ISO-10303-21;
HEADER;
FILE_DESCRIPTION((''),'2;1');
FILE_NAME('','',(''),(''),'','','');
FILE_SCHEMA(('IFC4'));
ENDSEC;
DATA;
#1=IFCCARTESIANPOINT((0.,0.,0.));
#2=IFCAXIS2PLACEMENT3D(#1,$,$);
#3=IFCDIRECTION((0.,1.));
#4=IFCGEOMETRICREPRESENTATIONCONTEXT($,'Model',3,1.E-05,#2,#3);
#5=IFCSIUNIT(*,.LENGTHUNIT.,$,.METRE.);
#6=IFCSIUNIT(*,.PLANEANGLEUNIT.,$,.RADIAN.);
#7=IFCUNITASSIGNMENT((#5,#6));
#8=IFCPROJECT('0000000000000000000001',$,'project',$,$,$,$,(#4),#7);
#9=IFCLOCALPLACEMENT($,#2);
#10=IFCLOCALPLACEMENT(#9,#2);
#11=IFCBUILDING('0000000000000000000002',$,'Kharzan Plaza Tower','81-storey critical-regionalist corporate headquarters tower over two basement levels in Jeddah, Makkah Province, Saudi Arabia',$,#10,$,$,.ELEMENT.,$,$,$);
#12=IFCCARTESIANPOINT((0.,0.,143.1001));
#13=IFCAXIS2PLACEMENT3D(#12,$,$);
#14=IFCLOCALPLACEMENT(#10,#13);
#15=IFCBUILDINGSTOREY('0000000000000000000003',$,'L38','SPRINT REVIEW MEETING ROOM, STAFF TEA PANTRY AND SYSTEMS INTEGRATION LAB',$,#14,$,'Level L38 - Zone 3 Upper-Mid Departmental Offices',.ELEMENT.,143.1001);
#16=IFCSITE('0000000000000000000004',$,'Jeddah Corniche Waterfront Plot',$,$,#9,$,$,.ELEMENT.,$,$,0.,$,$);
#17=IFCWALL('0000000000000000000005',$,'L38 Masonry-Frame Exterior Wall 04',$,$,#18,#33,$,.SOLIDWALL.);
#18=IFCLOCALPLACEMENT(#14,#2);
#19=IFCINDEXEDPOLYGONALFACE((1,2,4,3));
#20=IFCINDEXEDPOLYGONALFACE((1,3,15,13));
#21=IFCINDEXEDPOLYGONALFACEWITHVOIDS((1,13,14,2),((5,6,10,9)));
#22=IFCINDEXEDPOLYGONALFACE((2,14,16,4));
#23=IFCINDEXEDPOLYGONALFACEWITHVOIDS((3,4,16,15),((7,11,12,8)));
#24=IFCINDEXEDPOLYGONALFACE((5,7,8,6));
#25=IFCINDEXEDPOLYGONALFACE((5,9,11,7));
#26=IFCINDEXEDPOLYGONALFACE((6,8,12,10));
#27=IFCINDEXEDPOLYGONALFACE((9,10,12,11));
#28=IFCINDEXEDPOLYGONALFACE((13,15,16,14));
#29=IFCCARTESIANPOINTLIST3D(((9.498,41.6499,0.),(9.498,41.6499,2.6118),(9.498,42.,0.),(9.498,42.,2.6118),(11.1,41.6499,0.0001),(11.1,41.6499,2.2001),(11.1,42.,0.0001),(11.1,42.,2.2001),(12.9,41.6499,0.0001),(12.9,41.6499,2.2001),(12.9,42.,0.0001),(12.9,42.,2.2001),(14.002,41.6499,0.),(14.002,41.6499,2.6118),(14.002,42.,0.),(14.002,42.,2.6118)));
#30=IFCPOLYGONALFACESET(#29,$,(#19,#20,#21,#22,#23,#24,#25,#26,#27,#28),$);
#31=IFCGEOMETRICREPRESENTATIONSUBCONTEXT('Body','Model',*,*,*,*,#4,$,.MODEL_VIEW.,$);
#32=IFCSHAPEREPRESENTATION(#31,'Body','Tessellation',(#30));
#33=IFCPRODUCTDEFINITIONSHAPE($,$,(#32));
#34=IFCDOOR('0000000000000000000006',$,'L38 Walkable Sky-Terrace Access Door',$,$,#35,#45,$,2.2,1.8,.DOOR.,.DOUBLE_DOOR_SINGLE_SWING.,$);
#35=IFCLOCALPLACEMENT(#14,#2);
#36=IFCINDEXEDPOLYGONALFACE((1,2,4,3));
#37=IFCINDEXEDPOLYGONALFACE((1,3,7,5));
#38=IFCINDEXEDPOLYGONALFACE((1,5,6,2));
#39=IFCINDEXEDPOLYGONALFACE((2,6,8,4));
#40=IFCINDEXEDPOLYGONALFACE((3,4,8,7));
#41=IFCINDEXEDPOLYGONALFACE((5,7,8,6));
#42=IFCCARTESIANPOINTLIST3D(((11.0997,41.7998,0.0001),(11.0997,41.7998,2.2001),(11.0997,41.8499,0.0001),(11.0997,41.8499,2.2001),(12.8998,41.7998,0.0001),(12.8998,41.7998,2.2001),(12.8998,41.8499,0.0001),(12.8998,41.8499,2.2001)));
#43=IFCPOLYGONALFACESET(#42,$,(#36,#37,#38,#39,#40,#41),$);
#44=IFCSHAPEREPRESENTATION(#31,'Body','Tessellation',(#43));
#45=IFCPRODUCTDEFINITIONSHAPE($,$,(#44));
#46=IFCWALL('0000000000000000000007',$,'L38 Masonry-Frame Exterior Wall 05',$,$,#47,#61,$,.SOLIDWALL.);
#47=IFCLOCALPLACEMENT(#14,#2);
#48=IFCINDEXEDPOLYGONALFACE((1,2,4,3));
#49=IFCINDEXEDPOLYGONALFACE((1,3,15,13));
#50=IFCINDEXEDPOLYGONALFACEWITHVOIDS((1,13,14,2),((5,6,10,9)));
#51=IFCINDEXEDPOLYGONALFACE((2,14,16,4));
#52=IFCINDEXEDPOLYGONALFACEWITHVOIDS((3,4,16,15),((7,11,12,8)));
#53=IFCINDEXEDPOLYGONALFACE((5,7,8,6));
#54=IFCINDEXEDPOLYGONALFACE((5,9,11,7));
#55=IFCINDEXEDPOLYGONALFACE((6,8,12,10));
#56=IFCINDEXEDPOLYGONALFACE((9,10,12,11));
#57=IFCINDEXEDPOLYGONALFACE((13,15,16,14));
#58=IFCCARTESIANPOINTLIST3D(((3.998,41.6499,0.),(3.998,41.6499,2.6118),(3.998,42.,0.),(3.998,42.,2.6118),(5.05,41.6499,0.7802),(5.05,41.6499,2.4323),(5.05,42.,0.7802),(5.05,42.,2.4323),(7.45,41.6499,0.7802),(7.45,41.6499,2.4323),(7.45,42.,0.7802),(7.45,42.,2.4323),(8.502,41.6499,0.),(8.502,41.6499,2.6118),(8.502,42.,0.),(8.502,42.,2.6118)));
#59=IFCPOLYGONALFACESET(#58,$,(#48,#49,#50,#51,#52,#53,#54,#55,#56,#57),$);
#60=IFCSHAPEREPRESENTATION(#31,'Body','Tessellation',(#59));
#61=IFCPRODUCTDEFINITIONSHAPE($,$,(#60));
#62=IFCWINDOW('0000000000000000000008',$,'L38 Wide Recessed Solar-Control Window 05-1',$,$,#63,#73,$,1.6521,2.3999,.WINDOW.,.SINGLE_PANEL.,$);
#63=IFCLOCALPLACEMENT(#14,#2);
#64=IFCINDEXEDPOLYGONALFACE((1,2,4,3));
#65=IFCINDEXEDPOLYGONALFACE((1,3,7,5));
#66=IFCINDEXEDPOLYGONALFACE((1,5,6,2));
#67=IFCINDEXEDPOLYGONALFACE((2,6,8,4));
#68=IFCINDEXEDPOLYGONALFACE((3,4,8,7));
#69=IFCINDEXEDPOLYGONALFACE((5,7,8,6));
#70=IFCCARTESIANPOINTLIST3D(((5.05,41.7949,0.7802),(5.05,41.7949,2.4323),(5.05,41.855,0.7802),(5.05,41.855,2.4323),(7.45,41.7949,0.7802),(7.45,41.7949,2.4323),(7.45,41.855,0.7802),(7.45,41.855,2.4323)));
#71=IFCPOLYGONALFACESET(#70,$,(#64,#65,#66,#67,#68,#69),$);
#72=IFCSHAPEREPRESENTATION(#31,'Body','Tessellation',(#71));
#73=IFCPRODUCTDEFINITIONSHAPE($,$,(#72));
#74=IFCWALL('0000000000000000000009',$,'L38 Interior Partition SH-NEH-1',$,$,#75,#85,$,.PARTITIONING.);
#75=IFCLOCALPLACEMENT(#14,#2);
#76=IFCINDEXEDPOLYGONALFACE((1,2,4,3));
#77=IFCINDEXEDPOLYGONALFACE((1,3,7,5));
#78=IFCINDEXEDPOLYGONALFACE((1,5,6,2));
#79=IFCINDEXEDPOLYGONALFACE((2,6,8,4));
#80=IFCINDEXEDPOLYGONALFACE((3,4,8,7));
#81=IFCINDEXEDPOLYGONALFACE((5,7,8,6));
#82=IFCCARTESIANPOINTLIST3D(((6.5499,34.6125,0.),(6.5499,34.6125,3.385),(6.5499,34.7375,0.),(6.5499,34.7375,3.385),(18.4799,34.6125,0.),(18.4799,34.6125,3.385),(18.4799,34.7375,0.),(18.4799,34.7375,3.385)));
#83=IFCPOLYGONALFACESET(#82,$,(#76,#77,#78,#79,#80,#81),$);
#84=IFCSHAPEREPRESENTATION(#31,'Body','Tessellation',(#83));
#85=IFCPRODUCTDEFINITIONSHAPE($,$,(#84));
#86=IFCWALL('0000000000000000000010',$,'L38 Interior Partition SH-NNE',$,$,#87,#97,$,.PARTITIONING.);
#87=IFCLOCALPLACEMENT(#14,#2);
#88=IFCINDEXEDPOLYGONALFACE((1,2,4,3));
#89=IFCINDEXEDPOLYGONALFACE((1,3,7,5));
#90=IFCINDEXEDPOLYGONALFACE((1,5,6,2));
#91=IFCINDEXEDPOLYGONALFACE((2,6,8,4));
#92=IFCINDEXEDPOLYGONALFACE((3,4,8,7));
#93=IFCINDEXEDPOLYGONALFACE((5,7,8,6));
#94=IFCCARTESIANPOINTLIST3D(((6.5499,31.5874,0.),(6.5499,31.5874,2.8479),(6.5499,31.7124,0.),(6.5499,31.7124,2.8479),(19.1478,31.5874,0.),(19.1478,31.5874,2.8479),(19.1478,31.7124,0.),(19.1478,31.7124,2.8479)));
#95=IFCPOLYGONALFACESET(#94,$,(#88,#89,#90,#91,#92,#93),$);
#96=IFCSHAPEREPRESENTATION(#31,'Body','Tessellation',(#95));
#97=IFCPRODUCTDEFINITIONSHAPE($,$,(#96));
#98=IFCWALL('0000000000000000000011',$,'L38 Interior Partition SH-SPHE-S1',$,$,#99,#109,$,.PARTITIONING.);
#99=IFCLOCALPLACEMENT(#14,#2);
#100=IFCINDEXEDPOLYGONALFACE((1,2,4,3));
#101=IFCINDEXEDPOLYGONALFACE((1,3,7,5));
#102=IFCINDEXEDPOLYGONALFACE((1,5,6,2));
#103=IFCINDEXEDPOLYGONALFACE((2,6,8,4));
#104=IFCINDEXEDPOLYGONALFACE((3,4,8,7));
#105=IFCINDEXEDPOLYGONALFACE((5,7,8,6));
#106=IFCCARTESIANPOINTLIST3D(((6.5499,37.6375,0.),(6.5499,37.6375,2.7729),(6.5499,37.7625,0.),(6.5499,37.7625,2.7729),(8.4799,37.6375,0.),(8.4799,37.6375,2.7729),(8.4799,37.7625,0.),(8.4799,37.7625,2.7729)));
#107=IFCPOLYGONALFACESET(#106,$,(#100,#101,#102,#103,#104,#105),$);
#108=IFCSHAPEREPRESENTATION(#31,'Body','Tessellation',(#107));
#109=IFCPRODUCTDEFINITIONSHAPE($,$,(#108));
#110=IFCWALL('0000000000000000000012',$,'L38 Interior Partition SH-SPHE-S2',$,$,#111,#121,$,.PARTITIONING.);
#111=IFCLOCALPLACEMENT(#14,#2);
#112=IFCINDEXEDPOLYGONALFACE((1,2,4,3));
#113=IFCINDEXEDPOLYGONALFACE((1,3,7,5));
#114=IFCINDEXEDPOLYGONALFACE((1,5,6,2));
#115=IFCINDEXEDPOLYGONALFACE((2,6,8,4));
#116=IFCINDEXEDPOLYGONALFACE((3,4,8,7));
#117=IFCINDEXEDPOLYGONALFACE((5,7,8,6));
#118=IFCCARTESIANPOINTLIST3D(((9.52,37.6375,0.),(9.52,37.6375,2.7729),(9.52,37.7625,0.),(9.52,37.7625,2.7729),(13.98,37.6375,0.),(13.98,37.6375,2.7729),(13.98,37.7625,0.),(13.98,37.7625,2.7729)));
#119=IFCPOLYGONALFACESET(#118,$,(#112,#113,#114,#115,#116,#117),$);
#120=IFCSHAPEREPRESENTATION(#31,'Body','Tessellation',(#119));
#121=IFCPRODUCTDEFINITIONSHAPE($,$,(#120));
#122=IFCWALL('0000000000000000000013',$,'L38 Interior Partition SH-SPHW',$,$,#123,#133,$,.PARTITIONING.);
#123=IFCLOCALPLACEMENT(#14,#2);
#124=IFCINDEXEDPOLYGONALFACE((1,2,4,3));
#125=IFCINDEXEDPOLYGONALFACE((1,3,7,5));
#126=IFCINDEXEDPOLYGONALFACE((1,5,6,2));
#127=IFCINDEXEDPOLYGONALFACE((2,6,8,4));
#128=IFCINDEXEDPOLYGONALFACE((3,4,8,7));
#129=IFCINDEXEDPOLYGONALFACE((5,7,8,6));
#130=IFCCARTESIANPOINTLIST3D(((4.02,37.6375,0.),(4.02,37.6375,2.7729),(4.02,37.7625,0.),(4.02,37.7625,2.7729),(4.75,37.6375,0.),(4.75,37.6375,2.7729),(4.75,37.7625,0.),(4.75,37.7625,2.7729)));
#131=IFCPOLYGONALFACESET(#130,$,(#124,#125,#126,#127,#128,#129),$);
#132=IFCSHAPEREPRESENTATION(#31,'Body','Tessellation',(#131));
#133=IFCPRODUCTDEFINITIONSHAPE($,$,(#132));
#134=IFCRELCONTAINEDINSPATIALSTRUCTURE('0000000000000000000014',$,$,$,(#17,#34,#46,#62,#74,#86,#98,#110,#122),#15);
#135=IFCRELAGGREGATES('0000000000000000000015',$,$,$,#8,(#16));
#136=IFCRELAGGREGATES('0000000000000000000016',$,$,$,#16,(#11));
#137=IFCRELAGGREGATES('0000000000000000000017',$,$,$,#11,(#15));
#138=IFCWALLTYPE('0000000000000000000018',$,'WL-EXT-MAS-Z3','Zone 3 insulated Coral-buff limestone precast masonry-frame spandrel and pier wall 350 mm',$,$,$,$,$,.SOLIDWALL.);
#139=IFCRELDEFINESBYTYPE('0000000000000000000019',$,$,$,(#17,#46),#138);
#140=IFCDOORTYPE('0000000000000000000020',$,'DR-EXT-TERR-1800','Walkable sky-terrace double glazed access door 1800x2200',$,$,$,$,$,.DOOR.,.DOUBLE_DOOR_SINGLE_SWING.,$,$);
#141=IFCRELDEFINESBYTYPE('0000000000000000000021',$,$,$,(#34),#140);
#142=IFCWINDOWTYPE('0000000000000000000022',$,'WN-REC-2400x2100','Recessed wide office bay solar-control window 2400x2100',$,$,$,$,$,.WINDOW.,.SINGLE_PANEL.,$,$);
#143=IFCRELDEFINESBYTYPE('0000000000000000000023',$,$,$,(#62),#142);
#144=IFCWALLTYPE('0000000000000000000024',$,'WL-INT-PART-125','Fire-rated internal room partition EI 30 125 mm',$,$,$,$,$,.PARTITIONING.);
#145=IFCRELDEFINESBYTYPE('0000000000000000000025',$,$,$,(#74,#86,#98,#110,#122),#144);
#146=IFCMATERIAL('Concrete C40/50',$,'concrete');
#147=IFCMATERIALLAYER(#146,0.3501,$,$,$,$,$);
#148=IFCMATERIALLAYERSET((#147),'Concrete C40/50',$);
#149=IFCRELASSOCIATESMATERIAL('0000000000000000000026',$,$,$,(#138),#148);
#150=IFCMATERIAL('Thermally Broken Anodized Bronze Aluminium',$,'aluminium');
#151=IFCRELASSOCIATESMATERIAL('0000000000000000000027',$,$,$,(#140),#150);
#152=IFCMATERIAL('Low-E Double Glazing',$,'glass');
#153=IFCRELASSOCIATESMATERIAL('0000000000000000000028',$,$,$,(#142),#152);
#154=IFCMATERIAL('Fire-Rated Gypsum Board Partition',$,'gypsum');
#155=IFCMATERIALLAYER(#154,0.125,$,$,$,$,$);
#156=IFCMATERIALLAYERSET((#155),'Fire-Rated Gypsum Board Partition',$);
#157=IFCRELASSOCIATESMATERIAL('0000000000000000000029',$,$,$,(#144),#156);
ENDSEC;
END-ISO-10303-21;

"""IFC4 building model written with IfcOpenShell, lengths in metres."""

from ifc_helpers import new_model, si_unit, direction, frame, frame_2d, origin, place, context, subcontext, project, spatial, rectangle, extrude, source, transform, mapped, material, layer, layer_set, type_object, element, fill, save


model = new_model("IFC4")

# Units and contexts
model_context = context("Model", 3, precision=1e-05, world=origin(), true_north=direction((0.0, 1.0)))
body_context = subcontext(model_context, "Body", "Model", "MODEL_VIEW")
ifc_project = project(units=[si_unit("LENGTHUNIT", "METRE"), si_unit("PLANEANGLEUNIT", "RADIAN")], contexts=[model_context])

# Site, building, storey
site_placement = place(None, origin())
site = spatial("IfcSite", under=ifc_project, at=site_placement, Name="Jeddah Corniche Waterfront Plot", CompositionType="ELEMENT", RefElevation=0.0)
building_placement = place(site_placement, origin())
building = spatial("IfcBuilding", under=site, at=building_placement, Name="Kharzan Plaza Tower", Description="81-storey critical-regionalist corporate headquarters tower over two basement levels in Jeddah, Makkah Province, Saudi Arabia", CompositionType="ELEMENT")
storey_placement = place(building_placement, frame((0.0, 0.0, 143.1001)))
storey = spatial("IfcBuildingStorey", under=building, at=storey_placement, Name="L38", Description="SPRINT REVIEW MEETING ROOM, STAFF TEA PANTRY AND SYSTEMS INTEGRATION LAB", LongName="Level L38 - Zone 3 Upper-Mid Departmental Offices", CompositionType="ELEMENT", Elevation=143.1001)

# Wall, opening, door
ifc_material_1 = material(Name="Concrete C40/50", Category="concrete")
ifc_layer_1 = layer(ifc_material_1, 0.3501)
ifc_layer_set_1 = layer_set([ifc_layer_1], Name="Concrete C40/50")
wall_type_1 = type_object("IfcWallType", Name="WL-EXT-MAS-Z3", Description="Zone 3 insulated Coral-buff limestone precast masonry-frame spandrel and pier wall 350 mm", PredefinedType="SOLIDWALL", material=ifc_layer_set_1)
wall_1_placement = place(storey_placement, frame((14.002, 41.825, 0.0), z_axis=(0.0, 0.0, 1.0), x_axis=(-1.0, 0.0, 0.0)))
wall_1 = element("IfcWall", 1, at=wall_1_placement, inside=storey, type_object=wall_type_1, Name="L38 Masonry-Frame Exterior Wall 04", PredefinedType="SOLIDWALL", context=body_context, shape_type="SweptSolid", body=[
    extrude(rectangle(XDim=4.5039, YDim=0.3501, at=frame_2d((2.252, 0.0))), origin(), (0.0, 0.0, 1.0), 2.6118),
])
opening_1_placement = place(wall_1_placement, frame((1.1021, 0.0, 0.0)))
opening_1 = element("IfcOpeningElement", 2, at=opening_1_placement, cuts=wall_1, PredefinedType="OPENING", context=body_context, shape_type="SweptSolid", body=[
    extrude(rectangle(XDim=1.8, YDim=2.2, at=frame_2d((0.8999, 1.1001))), frame((0.0, 0.1851, 0.0), z_axis=(0.0, -1.0, 0.0), x_axis=(1.0, 0.0, 0.0)), (0.0, 0.0, 1.0), 0.3701),
])
ifc_material_2 = material(Name="Thermally Broken Anodized Bronze Aluminium", Category="aluminium")
door_type_1 = type_object("IfcDoorType", Name="DR-EXT-TERR-1800", Description="Walkable sky-terrace double glazed access door 1800x2200", OperationType="DOUBLE_DOOR_SINGLE_SWING", PredefinedType="DOOR", material=ifc_material_2)
shared_shape_1 = source(origin(), body_context, "Body", "SweptSolid", [
    extrude(rectangle(XDim=1.8, YDim=2.2, at=frame_2d((0.8999, 1.1001))), frame((0.0, 0.0249, 0.0), z_axis=(0.0, -1.0, 0.0), x_axis=(1.0, 0.0, 0.0)), (0.0, 0.0, 1.0), 0.05),
])
door_1_placement = place(opening_1_placement, frame((1.8, 0.0, 0.0), z_axis=(0.0, 0.0, 1.0), x_axis=(-1.0, 0.0, 0.0)))
door_1 = element("IfcDoor", 3, at=door_1_placement, inside=storey, type_object=door_type_1, Name="L38 Walkable Sky-Terrace Access Door", OperationType="DOUBLE_DOOR_SINGLE_SWING", OverallHeight=2.2, OverallWidth=1.8, PredefinedType="DOOR", context=body_context, shape_type="MappedRepresentation", body=[
    mapped(shared_shape_1, transform((0.0, 0.0, 0.0), x_axis=(1.0, 0.0, 0.0), y_axis=(0.0, 1.0, 0.0), z_axis=(0.0, 0.0, 1.0))),
])
fill(opening_1, door_1)

# Wall, opening, window
wall_2_placement = place(storey_placement, frame((8.502, 41.825, 0.0), z_axis=(0.0, 0.0, 1.0), x_axis=(-1.0, 0.0, 0.0)))
wall_2 = element("IfcWall", 4, at=wall_2_placement, inside=storey, type_object=wall_type_1, Name="L38 Masonry-Frame Exterior Wall 05", PredefinedType="SOLIDWALL", context=body_context, shape_type="SweptSolid", body=[
    extrude(rectangle(XDim=4.5039, YDim=0.3501, at=frame_2d((2.252, 0.0))), origin(), (0.0, 0.0, 1.0), 2.6118),
])
opening_2_placement = place(wall_2_placement, frame((1.052, 0.0, 0.78)))
opening_2 = element("IfcOpeningElement", 5, at=opening_2_placement, cuts=wall_2, PredefinedType="OPENING", context=body_context, shape_type="SweptSolid", body=[
    extrude(rectangle(XDim=2.3999, YDim=1.6521, at=frame_2d((1.2, 0.8262))), frame((0.0, 0.1851, 0.0), z_axis=(0.0, -1.0, 0.0), x_axis=(1.0, 0.0, 0.0)), (0.0, 0.0, 1.0), 0.3701),
])
ifc_material_3 = material(Name="Low-E Double Glazing", Category="glass")
window_type = type_object("IfcWindowType", Name="WN-REC-2400x2100", Description="Recessed wide office bay solar-control window 2400x2100", PartitioningType="SINGLE_PANEL", PredefinedType="WINDOW", material=ifc_material_3)
shared_shape_2 = source(origin(), body_context, "Body", "SweptSolid", [
    extrude(rectangle(XDim=2.3999, YDim=1.6521, at=frame_2d((1.2, 0.8262))), frame((0.0, 0.03, 0.0), z_axis=(0.0, -1.0, 0.0), x_axis=(1.0, 0.0, 0.0)), (0.0, 0.0, 1.0), 0.0601),
])
window_placement = place(opening_2_placement, origin())
window = element("IfcWindow", 6, at=window_placement, inside=storey, type_object=window_type, Name="L38 Wide Recessed Solar-Control Window 05-1", OverallHeight=1.6521, OverallWidth=2.3999, PartitioningType="SINGLE_PANEL", PredefinedType="WINDOW", context=body_context, shape_type="MappedRepresentation", body=[
    mapped(shared_shape_2, transform((0.0, 0.0, 0.0), x_axis=(1.0, 0.0, 0.0), y_axis=(0.0, 1.0, 0.0), z_axis=(0.0, 0.0, 1.0))),
])
fill(opening_2, window)

# Shared definitions
ifc_material_4 = material(Name="Fire-Rated Gypsum Board Partition", Category="gypsum")
ifc_layer_2 = layer(ifc_material_4, 0.125)
ifc_layer_set_2 = layer_set([ifc_layer_2], Name="Fire-Rated Gypsum Board Partition")
wall_type_2 = type_object("IfcWallType", Name="WL-INT-PART-125", Description="Fire-rated internal room partition EI 30 125 mm", PredefinedType="PARTITIONING", material=ifc_layer_set_2)

# Walls
shared_shape_3 = source(origin(), body_context, "Body", "SweptSolid", [
    extrude(rectangle(XDim=11.9299, YDim=0.125, at=frame_2d((5.9648, 0.0))), origin(), (0.0, 0.0, 1.0), 3.385),
])
wall_3_placement = place(storey_placement, frame((6.55, 34.675, 0.0), z_axis=(0.0, 0.0, 1.0), x_axis=(1.0, 0.0, 0.0)))
element("IfcWall", 7, at=wall_3_placement, inside=storey, type_object=wall_type_2, Name="L38 Interior Partition SH-NEH-1", PredefinedType="PARTITIONING", context=body_context, shape_type="MappedRepresentation", body=[
    mapped(shared_shape_3, transform((0.0, 0.0, 0.0), x_axis=(1.0, 0.0, 0.0), y_axis=(0.0, 1.0, 0.0), z_axis=(0.0, 0.0, 1.0))),
])
shared_shape_4 = source(origin(), body_context, "Body", "SweptSolid", [
    extrude(rectangle(XDim=12.5979, YDim=0.125, at=frame_2d((6.2988, 0.0))), origin(), (0.0, 0.0, 1.0), 2.8479),
])
wall_4_placement = place(storey_placement, frame((6.55, 31.6499, 0.0), z_axis=(0.0, 0.0, 1.0), x_axis=(1.0, 0.0, 0.0)))
element("IfcWall", 8, at=wall_4_placement, inside=storey, type_object=wall_type_2, Name="L38 Interior Partition SH-NNE", PredefinedType="PARTITIONING", context=body_context, shape_type="MappedRepresentation", body=[
    mapped(shared_shape_4, transform((0.0, 0.0, 0.0), x_axis=(1.0, 0.0, 0.0), y_axis=(0.0, 1.0, 0.0), z_axis=(0.0, 0.0, 1.0))),
])
shared_shape_5 = source(origin(), body_context, "Body", "SweptSolid", [
    extrude(rectangle(XDim=1.9299, YDim=0.125, at=frame_2d((0.9648, 0.0))), origin(), (0.0, 0.0, 1.0), 2.7729),
])
wall_5_placement = place(storey_placement, frame((6.55, 37.7, 0.0), z_axis=(0.0, 0.0, 1.0), x_axis=(1.0, 0.0, 0.0)))
element("IfcWall", 9, at=wall_5_placement, inside=storey, type_object=wall_type_2, Name="L38 Interior Partition SH-SPHE-S1", PredefinedType="PARTITIONING", context=body_context, shape_type="MappedRepresentation", body=[
    mapped(shared_shape_5, transform((0.0, 0.0, 0.0), x_axis=(1.0, 0.0, 0.0), y_axis=(0.0, 1.0, 0.0), z_axis=(0.0, 0.0, 1.0))),
])
shared_shape_6 = source(origin(), body_context, "Body", "SweptSolid", [
    extrude(rectangle(XDim=4.46, YDim=0.125, at=frame_2d((2.23, 0.0))), origin(), (0.0, 0.0, 1.0), 2.7729),
])
wall_6_placement = place(storey_placement, frame((9.52, 37.7, 0.0), z_axis=(0.0, 0.0, 1.0), x_axis=(1.0, 0.0, 0.0)))
element("IfcWall", 10, at=wall_6_placement, inside=storey, type_object=wall_type_2, Name="L38 Interior Partition SH-SPHE-S2", PredefinedType="PARTITIONING", context=body_context, shape_type="MappedRepresentation", body=[
    mapped(shared_shape_6, transform((0.0, 0.0, 0.0), x_axis=(1.0, 0.0, 0.0), y_axis=(0.0, 1.0, 0.0), z_axis=(0.0, 0.0, 1.0))),
])
shared_shape_7 = source(origin(), body_context, "Body", "SweptSolid", [
    extrude(rectangle(XDim=0.73, YDim=0.125, at=frame_2d((0.365, 0.0))), origin(), (0.0, 0.0, 1.0), 2.7729),
])
wall_7_placement = place(storey_placement, frame((4.02, 37.7, 0.0), z_axis=(0.0, 0.0, 1.0), x_axis=(1.0, 0.0, 0.0)))
element("IfcWall", 11, at=wall_7_placement, inside=storey, type_object=wall_type_2, Name="L38 Interior Partition SH-SPHW", PredefinedType="PARTITIONING", context=body_context, shape_type="MappedRepresentation", body=[
    mapped(shared_shape_7, transform((0.0, 0.0, 0.0), x_axis=(1.0, 0.0, 0.0), y_axis=(0.0, 1.0, 0.0), z_axis=(0.0, 0.0, 1.0))),
])

save(model, "model.ifc")
